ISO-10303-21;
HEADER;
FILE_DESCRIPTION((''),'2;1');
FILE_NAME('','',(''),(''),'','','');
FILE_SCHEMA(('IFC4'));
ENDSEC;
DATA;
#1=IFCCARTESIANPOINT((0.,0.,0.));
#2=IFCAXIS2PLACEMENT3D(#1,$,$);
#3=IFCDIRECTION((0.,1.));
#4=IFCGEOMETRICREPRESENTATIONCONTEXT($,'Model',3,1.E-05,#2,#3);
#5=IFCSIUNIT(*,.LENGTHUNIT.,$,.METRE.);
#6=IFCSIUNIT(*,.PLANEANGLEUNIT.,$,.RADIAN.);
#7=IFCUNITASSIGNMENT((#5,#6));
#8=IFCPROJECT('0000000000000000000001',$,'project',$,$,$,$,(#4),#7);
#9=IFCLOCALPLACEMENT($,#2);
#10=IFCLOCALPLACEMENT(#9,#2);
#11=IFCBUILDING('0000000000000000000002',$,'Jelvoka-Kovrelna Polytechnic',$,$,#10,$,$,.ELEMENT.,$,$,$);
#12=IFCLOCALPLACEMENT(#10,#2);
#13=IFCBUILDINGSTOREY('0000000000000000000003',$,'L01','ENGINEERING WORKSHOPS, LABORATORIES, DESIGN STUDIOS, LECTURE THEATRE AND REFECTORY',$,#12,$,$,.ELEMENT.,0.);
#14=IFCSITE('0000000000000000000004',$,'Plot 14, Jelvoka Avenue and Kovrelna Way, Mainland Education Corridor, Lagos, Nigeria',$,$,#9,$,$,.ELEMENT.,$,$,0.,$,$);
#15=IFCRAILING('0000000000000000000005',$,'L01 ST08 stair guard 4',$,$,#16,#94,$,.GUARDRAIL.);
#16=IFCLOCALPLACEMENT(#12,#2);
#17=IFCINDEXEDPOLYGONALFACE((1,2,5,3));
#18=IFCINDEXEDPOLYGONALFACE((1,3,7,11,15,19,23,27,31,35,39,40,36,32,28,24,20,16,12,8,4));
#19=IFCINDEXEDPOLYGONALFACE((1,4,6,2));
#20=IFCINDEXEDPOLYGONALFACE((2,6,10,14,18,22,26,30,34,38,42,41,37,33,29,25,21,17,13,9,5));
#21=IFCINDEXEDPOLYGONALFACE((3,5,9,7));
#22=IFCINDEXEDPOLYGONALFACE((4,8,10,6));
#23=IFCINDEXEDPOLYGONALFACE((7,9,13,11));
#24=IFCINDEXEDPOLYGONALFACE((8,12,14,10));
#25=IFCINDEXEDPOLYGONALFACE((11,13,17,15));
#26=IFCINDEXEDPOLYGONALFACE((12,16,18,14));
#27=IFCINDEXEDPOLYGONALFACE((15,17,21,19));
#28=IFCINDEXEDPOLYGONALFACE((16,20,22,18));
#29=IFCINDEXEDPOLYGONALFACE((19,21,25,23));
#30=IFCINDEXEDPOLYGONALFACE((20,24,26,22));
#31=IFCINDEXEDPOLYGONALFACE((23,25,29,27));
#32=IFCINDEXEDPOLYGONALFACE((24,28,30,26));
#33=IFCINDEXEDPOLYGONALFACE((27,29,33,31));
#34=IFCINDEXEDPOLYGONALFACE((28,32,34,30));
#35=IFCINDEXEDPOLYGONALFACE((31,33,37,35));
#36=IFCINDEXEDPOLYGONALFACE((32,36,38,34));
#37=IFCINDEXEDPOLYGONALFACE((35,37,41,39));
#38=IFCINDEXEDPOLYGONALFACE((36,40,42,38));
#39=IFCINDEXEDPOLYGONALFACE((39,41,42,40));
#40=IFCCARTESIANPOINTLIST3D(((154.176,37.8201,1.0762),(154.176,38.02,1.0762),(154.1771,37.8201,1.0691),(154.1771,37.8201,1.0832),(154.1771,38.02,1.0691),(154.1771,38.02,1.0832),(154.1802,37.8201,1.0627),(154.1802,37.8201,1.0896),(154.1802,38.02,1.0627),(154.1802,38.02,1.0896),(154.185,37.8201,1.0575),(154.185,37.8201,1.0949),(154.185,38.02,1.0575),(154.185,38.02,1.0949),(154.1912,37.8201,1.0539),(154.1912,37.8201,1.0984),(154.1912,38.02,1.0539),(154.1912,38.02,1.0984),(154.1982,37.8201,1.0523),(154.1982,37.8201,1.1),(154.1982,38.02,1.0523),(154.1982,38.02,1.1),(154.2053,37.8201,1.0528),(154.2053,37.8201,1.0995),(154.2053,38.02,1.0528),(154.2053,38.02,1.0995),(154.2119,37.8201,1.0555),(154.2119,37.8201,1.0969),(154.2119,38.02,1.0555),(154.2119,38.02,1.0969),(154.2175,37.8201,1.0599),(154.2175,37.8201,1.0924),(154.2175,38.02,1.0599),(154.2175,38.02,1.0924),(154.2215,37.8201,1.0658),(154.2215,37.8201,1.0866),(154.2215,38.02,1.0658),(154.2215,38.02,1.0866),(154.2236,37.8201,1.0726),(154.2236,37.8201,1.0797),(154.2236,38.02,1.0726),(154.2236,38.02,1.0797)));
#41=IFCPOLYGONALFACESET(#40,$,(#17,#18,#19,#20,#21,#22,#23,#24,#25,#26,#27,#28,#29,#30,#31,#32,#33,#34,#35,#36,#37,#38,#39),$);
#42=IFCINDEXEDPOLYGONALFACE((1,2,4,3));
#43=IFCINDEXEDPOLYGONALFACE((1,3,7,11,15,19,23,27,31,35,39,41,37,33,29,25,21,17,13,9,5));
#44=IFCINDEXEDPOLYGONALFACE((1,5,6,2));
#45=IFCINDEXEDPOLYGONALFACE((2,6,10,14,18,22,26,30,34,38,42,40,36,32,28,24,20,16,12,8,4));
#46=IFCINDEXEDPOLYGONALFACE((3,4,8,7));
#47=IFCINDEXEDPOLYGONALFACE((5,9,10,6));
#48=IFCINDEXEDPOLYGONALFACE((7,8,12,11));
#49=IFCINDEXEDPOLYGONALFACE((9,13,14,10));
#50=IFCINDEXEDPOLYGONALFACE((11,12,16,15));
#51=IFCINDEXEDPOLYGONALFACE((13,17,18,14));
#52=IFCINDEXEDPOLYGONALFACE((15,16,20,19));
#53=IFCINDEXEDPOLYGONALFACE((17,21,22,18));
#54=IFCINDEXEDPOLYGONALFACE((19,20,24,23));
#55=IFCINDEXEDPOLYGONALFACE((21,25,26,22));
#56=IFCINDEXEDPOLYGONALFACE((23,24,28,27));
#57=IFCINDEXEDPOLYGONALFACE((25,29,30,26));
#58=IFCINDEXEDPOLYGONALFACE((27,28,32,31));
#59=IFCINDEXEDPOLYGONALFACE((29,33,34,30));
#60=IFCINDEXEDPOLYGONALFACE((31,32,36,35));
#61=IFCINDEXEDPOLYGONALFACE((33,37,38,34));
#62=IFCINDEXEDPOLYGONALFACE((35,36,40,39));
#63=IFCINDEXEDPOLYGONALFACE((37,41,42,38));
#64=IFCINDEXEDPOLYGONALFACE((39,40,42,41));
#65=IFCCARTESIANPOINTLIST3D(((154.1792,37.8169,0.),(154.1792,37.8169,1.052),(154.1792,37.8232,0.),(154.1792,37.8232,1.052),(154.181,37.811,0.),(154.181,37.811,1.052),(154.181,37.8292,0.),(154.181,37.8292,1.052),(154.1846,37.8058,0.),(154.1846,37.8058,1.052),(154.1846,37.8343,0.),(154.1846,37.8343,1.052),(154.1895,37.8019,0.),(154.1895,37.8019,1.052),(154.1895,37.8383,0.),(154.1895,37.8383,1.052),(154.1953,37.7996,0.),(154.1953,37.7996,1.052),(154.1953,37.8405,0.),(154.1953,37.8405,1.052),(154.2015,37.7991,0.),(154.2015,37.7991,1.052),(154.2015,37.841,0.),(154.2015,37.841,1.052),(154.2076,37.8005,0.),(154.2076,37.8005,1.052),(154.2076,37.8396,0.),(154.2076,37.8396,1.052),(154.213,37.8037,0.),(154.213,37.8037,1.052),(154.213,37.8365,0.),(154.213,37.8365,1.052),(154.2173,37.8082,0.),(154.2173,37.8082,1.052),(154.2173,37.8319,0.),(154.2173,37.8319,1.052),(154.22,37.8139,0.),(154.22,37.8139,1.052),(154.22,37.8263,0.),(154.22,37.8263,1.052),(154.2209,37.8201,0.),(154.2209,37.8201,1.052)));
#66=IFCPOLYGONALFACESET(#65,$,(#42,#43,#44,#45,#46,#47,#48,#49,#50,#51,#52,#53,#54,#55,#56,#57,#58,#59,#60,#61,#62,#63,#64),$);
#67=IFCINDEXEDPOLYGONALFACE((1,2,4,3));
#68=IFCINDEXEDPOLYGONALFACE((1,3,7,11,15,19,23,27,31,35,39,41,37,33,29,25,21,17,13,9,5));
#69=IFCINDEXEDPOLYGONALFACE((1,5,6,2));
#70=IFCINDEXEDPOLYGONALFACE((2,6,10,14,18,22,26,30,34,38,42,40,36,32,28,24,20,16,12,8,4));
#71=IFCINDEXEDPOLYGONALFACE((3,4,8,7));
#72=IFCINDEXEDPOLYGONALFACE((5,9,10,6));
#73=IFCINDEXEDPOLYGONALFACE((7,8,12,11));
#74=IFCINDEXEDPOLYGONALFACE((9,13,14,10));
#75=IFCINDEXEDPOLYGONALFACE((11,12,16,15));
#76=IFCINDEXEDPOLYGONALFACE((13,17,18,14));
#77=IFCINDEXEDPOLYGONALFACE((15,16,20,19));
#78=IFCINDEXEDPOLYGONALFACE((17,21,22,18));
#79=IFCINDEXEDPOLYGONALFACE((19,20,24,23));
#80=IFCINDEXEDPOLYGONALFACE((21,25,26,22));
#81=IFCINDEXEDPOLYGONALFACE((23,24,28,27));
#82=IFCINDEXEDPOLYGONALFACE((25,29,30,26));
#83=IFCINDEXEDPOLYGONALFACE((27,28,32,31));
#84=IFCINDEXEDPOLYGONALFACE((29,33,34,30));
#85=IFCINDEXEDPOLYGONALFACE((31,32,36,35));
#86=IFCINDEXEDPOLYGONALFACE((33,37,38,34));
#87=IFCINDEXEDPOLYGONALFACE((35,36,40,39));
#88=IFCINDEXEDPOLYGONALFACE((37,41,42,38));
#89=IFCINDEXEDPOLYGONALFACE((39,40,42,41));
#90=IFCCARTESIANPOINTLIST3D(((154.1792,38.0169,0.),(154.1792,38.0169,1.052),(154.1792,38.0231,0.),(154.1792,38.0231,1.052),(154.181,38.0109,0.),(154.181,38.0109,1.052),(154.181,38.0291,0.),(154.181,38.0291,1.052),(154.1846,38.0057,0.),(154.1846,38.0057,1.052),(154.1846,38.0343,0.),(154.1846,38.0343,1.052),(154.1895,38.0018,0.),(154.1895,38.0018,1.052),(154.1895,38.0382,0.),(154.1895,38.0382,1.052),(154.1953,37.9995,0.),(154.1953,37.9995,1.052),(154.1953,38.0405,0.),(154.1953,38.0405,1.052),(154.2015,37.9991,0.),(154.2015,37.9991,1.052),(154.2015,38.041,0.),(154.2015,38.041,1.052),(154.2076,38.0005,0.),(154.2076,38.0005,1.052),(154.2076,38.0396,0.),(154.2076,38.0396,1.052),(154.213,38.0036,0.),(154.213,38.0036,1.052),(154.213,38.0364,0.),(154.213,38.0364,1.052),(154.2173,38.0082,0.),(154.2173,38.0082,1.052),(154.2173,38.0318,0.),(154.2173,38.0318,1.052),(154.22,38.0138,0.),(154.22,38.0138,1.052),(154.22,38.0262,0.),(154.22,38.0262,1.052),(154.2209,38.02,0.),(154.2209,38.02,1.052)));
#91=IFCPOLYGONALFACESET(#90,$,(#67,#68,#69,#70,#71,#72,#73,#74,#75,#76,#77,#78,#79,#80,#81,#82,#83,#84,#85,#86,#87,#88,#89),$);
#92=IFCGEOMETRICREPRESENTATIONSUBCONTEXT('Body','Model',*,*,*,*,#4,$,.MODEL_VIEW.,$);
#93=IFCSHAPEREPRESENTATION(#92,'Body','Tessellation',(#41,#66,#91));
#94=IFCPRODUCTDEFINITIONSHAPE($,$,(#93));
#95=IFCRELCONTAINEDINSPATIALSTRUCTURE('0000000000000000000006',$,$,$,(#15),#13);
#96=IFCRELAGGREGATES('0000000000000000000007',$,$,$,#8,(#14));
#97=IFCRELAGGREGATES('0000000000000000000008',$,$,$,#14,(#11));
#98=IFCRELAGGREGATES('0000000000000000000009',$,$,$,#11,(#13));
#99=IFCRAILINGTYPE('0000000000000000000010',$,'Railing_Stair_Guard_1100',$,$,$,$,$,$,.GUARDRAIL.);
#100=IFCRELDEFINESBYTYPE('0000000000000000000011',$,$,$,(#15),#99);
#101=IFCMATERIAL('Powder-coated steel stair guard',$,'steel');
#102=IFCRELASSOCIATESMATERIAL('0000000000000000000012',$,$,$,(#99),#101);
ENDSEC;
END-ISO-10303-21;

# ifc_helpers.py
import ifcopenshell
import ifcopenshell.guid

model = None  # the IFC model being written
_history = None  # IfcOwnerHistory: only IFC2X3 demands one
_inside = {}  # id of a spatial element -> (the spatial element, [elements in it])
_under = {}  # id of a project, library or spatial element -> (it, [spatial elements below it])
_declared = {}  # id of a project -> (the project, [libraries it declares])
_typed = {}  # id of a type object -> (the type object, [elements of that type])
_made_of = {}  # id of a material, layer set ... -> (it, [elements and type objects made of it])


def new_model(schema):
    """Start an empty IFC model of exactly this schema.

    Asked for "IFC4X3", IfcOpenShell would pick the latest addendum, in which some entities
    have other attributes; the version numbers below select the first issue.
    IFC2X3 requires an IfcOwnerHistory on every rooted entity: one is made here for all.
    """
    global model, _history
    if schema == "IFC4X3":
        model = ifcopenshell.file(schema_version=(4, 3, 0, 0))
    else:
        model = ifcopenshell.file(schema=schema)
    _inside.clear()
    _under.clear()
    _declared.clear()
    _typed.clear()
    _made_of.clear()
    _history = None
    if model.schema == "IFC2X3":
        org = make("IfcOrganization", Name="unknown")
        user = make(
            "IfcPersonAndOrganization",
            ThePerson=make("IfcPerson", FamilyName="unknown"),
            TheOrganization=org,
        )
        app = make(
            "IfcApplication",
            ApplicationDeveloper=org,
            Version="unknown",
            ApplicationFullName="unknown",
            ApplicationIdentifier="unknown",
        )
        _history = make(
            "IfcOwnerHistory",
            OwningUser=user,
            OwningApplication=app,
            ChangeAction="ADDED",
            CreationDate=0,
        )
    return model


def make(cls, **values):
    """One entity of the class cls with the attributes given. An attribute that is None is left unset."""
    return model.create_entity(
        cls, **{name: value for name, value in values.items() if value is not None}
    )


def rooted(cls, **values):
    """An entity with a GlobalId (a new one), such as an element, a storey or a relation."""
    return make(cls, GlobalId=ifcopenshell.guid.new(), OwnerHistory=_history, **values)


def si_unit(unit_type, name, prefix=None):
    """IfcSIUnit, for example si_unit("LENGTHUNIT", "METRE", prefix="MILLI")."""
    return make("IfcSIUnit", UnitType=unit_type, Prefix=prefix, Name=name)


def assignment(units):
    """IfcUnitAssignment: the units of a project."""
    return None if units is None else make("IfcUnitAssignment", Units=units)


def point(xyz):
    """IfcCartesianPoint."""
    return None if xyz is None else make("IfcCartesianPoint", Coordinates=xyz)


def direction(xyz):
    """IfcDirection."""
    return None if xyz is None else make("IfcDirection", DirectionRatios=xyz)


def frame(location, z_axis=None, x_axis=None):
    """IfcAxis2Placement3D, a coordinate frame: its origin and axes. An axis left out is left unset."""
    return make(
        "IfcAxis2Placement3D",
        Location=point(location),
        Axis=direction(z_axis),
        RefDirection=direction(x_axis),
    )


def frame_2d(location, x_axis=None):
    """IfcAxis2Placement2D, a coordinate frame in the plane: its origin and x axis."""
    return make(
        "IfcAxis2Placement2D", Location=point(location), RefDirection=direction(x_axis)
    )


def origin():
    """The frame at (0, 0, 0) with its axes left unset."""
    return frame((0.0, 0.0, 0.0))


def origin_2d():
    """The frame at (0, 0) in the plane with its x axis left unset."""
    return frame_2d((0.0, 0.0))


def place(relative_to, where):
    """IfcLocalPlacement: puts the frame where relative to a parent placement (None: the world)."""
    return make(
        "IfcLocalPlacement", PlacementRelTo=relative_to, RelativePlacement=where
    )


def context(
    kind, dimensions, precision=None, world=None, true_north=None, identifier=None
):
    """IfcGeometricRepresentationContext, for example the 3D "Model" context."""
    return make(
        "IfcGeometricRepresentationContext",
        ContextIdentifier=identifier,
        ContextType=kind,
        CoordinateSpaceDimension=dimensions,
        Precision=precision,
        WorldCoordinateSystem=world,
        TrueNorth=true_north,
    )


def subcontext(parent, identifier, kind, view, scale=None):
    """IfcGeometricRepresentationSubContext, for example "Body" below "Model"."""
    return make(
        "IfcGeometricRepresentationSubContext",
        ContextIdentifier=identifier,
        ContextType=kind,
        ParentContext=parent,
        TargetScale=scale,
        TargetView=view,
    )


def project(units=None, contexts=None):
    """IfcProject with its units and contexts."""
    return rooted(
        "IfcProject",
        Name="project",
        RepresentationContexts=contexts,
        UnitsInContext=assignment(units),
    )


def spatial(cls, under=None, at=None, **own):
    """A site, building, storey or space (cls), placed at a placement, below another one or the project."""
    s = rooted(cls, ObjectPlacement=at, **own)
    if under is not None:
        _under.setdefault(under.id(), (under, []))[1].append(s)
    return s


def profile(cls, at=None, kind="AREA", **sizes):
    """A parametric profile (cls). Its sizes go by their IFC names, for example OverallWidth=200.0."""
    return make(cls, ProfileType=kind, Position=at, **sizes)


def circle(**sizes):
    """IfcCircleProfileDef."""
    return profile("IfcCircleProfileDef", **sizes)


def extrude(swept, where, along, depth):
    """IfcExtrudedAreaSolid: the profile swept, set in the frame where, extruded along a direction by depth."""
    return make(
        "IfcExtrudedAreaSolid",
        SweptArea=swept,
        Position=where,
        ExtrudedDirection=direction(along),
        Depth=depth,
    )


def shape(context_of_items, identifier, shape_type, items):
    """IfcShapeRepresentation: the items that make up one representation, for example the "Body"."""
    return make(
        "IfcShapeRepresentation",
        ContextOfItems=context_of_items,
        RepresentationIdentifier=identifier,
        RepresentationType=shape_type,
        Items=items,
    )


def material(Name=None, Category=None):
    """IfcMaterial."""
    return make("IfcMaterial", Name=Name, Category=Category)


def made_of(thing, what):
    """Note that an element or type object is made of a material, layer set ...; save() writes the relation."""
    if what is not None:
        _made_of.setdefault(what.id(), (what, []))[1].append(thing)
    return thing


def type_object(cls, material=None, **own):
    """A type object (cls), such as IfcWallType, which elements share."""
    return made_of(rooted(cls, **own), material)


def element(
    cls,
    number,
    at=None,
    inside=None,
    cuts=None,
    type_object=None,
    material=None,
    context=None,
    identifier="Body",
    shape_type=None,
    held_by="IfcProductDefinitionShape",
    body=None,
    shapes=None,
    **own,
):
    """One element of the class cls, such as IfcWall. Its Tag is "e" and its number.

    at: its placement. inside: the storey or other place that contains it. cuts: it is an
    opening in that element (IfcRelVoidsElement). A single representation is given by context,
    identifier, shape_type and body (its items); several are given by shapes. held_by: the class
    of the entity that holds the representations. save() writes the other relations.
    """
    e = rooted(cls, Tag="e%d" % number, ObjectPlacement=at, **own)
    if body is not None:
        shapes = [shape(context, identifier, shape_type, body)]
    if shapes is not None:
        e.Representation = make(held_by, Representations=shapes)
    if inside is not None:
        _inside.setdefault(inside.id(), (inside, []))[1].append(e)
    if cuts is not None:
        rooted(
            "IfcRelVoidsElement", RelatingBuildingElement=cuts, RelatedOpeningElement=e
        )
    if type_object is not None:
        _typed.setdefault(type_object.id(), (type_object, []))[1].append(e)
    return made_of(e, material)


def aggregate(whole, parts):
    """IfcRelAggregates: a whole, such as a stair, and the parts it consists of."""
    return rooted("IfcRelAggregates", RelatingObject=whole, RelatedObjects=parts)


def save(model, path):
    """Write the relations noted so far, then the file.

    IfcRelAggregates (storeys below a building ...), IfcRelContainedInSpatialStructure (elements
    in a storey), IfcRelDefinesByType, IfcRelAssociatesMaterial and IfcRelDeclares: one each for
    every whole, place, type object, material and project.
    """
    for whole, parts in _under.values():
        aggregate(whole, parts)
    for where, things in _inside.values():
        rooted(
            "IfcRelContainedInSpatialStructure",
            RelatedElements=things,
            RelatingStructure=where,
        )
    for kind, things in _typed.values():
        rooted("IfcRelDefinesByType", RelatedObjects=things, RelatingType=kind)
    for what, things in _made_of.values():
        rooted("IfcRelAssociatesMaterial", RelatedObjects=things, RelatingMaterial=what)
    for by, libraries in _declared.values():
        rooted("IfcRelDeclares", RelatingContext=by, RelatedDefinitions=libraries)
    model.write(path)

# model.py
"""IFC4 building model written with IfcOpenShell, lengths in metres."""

from ifc_helpers import new_model, si_unit, direction, frame, origin, origin_2d, place, context, subcontext, project, spatial, circle, extrude, material, type_object, element, save


model = new_model("IFC4")

# Units and contexts
model_context = context("Model", 3, precision=1e-05, world=origin(), true_north=direction((0.0, 1.0)))
body_context = subcontext(model_context, "Body", "Model", "MODEL_VIEW")
ifc_project = project(units=[si_unit("LENGTHUNIT", "METRE"), si_unit("PLANEANGLEUNIT", "RADIAN")], contexts=[model_context])

# Site, building, storey
site_placement = place(None, origin())
site = spatial("IfcSite", under=ifc_project, at=site_placement, Name="Plot 14, Jelvoka Avenue and Kovrelna Way, Mainland Education Corridor, Lagos, Nigeria", CompositionType="ELEMENT", RefElevation=0.0)
building_placement = place(site_placement, origin())
building = spatial("IfcBuilding", under=site, at=building_placement, Name="Jelvoka-Kovrelna Polytechnic", CompositionType="ELEMENT")
storey_placement = place(building_placement, origin())
storey = spatial("IfcBuildingStorey", under=building, at=storey_placement, Name="L01", Description="ENGINEERING WORKSHOPS, LABORATORIES, DESIGN STUDIOS, LECTURE THEATRE AND REFECTORY", CompositionType="ELEMENT", Elevation=0.0)

# Railing
ifc_material_1 = material(Name="Powder-coated steel stair guard", Category="steel")
railing_type_1 = type_object("IfcRailingType", Name="Railing_Stair_Guard_1100", PredefinedType="GUARDRAIL", material=ifc_material_1)
railing_1_placement = place(storey_placement, frame((154.2, 37.8201, 0.0)))
element("IfcRailing", 1, at=railing_1_placement, inside=storey, type_object=railing_type_1, Name="L01 ST08 stair guard 4", PredefinedType="GUARDRAIL", context=body_context, shape_type="SweptSolid", body=[
    extrude(circle(Radius=0.0239, at=origin_2d()), frame((0.0, 0.0, 1.0762), z_axis=(0.0, 1.0, 0.0), x_axis=(-1.0, 0.0, 0.0)), (0.0, 0.0, 1.0), 0.2),
    extrude(circle(Radius=0.021, at=origin_2d()), origin(), (0.0, 0.0, 1.0), 1.052),
    extrude(circle(Radius=0.021, at=origin_2d()), frame((0.0, 0.2, 0.0)), (0.0, 0.0, 1.0), 1.052),
])

save(model, "model.ifc")
